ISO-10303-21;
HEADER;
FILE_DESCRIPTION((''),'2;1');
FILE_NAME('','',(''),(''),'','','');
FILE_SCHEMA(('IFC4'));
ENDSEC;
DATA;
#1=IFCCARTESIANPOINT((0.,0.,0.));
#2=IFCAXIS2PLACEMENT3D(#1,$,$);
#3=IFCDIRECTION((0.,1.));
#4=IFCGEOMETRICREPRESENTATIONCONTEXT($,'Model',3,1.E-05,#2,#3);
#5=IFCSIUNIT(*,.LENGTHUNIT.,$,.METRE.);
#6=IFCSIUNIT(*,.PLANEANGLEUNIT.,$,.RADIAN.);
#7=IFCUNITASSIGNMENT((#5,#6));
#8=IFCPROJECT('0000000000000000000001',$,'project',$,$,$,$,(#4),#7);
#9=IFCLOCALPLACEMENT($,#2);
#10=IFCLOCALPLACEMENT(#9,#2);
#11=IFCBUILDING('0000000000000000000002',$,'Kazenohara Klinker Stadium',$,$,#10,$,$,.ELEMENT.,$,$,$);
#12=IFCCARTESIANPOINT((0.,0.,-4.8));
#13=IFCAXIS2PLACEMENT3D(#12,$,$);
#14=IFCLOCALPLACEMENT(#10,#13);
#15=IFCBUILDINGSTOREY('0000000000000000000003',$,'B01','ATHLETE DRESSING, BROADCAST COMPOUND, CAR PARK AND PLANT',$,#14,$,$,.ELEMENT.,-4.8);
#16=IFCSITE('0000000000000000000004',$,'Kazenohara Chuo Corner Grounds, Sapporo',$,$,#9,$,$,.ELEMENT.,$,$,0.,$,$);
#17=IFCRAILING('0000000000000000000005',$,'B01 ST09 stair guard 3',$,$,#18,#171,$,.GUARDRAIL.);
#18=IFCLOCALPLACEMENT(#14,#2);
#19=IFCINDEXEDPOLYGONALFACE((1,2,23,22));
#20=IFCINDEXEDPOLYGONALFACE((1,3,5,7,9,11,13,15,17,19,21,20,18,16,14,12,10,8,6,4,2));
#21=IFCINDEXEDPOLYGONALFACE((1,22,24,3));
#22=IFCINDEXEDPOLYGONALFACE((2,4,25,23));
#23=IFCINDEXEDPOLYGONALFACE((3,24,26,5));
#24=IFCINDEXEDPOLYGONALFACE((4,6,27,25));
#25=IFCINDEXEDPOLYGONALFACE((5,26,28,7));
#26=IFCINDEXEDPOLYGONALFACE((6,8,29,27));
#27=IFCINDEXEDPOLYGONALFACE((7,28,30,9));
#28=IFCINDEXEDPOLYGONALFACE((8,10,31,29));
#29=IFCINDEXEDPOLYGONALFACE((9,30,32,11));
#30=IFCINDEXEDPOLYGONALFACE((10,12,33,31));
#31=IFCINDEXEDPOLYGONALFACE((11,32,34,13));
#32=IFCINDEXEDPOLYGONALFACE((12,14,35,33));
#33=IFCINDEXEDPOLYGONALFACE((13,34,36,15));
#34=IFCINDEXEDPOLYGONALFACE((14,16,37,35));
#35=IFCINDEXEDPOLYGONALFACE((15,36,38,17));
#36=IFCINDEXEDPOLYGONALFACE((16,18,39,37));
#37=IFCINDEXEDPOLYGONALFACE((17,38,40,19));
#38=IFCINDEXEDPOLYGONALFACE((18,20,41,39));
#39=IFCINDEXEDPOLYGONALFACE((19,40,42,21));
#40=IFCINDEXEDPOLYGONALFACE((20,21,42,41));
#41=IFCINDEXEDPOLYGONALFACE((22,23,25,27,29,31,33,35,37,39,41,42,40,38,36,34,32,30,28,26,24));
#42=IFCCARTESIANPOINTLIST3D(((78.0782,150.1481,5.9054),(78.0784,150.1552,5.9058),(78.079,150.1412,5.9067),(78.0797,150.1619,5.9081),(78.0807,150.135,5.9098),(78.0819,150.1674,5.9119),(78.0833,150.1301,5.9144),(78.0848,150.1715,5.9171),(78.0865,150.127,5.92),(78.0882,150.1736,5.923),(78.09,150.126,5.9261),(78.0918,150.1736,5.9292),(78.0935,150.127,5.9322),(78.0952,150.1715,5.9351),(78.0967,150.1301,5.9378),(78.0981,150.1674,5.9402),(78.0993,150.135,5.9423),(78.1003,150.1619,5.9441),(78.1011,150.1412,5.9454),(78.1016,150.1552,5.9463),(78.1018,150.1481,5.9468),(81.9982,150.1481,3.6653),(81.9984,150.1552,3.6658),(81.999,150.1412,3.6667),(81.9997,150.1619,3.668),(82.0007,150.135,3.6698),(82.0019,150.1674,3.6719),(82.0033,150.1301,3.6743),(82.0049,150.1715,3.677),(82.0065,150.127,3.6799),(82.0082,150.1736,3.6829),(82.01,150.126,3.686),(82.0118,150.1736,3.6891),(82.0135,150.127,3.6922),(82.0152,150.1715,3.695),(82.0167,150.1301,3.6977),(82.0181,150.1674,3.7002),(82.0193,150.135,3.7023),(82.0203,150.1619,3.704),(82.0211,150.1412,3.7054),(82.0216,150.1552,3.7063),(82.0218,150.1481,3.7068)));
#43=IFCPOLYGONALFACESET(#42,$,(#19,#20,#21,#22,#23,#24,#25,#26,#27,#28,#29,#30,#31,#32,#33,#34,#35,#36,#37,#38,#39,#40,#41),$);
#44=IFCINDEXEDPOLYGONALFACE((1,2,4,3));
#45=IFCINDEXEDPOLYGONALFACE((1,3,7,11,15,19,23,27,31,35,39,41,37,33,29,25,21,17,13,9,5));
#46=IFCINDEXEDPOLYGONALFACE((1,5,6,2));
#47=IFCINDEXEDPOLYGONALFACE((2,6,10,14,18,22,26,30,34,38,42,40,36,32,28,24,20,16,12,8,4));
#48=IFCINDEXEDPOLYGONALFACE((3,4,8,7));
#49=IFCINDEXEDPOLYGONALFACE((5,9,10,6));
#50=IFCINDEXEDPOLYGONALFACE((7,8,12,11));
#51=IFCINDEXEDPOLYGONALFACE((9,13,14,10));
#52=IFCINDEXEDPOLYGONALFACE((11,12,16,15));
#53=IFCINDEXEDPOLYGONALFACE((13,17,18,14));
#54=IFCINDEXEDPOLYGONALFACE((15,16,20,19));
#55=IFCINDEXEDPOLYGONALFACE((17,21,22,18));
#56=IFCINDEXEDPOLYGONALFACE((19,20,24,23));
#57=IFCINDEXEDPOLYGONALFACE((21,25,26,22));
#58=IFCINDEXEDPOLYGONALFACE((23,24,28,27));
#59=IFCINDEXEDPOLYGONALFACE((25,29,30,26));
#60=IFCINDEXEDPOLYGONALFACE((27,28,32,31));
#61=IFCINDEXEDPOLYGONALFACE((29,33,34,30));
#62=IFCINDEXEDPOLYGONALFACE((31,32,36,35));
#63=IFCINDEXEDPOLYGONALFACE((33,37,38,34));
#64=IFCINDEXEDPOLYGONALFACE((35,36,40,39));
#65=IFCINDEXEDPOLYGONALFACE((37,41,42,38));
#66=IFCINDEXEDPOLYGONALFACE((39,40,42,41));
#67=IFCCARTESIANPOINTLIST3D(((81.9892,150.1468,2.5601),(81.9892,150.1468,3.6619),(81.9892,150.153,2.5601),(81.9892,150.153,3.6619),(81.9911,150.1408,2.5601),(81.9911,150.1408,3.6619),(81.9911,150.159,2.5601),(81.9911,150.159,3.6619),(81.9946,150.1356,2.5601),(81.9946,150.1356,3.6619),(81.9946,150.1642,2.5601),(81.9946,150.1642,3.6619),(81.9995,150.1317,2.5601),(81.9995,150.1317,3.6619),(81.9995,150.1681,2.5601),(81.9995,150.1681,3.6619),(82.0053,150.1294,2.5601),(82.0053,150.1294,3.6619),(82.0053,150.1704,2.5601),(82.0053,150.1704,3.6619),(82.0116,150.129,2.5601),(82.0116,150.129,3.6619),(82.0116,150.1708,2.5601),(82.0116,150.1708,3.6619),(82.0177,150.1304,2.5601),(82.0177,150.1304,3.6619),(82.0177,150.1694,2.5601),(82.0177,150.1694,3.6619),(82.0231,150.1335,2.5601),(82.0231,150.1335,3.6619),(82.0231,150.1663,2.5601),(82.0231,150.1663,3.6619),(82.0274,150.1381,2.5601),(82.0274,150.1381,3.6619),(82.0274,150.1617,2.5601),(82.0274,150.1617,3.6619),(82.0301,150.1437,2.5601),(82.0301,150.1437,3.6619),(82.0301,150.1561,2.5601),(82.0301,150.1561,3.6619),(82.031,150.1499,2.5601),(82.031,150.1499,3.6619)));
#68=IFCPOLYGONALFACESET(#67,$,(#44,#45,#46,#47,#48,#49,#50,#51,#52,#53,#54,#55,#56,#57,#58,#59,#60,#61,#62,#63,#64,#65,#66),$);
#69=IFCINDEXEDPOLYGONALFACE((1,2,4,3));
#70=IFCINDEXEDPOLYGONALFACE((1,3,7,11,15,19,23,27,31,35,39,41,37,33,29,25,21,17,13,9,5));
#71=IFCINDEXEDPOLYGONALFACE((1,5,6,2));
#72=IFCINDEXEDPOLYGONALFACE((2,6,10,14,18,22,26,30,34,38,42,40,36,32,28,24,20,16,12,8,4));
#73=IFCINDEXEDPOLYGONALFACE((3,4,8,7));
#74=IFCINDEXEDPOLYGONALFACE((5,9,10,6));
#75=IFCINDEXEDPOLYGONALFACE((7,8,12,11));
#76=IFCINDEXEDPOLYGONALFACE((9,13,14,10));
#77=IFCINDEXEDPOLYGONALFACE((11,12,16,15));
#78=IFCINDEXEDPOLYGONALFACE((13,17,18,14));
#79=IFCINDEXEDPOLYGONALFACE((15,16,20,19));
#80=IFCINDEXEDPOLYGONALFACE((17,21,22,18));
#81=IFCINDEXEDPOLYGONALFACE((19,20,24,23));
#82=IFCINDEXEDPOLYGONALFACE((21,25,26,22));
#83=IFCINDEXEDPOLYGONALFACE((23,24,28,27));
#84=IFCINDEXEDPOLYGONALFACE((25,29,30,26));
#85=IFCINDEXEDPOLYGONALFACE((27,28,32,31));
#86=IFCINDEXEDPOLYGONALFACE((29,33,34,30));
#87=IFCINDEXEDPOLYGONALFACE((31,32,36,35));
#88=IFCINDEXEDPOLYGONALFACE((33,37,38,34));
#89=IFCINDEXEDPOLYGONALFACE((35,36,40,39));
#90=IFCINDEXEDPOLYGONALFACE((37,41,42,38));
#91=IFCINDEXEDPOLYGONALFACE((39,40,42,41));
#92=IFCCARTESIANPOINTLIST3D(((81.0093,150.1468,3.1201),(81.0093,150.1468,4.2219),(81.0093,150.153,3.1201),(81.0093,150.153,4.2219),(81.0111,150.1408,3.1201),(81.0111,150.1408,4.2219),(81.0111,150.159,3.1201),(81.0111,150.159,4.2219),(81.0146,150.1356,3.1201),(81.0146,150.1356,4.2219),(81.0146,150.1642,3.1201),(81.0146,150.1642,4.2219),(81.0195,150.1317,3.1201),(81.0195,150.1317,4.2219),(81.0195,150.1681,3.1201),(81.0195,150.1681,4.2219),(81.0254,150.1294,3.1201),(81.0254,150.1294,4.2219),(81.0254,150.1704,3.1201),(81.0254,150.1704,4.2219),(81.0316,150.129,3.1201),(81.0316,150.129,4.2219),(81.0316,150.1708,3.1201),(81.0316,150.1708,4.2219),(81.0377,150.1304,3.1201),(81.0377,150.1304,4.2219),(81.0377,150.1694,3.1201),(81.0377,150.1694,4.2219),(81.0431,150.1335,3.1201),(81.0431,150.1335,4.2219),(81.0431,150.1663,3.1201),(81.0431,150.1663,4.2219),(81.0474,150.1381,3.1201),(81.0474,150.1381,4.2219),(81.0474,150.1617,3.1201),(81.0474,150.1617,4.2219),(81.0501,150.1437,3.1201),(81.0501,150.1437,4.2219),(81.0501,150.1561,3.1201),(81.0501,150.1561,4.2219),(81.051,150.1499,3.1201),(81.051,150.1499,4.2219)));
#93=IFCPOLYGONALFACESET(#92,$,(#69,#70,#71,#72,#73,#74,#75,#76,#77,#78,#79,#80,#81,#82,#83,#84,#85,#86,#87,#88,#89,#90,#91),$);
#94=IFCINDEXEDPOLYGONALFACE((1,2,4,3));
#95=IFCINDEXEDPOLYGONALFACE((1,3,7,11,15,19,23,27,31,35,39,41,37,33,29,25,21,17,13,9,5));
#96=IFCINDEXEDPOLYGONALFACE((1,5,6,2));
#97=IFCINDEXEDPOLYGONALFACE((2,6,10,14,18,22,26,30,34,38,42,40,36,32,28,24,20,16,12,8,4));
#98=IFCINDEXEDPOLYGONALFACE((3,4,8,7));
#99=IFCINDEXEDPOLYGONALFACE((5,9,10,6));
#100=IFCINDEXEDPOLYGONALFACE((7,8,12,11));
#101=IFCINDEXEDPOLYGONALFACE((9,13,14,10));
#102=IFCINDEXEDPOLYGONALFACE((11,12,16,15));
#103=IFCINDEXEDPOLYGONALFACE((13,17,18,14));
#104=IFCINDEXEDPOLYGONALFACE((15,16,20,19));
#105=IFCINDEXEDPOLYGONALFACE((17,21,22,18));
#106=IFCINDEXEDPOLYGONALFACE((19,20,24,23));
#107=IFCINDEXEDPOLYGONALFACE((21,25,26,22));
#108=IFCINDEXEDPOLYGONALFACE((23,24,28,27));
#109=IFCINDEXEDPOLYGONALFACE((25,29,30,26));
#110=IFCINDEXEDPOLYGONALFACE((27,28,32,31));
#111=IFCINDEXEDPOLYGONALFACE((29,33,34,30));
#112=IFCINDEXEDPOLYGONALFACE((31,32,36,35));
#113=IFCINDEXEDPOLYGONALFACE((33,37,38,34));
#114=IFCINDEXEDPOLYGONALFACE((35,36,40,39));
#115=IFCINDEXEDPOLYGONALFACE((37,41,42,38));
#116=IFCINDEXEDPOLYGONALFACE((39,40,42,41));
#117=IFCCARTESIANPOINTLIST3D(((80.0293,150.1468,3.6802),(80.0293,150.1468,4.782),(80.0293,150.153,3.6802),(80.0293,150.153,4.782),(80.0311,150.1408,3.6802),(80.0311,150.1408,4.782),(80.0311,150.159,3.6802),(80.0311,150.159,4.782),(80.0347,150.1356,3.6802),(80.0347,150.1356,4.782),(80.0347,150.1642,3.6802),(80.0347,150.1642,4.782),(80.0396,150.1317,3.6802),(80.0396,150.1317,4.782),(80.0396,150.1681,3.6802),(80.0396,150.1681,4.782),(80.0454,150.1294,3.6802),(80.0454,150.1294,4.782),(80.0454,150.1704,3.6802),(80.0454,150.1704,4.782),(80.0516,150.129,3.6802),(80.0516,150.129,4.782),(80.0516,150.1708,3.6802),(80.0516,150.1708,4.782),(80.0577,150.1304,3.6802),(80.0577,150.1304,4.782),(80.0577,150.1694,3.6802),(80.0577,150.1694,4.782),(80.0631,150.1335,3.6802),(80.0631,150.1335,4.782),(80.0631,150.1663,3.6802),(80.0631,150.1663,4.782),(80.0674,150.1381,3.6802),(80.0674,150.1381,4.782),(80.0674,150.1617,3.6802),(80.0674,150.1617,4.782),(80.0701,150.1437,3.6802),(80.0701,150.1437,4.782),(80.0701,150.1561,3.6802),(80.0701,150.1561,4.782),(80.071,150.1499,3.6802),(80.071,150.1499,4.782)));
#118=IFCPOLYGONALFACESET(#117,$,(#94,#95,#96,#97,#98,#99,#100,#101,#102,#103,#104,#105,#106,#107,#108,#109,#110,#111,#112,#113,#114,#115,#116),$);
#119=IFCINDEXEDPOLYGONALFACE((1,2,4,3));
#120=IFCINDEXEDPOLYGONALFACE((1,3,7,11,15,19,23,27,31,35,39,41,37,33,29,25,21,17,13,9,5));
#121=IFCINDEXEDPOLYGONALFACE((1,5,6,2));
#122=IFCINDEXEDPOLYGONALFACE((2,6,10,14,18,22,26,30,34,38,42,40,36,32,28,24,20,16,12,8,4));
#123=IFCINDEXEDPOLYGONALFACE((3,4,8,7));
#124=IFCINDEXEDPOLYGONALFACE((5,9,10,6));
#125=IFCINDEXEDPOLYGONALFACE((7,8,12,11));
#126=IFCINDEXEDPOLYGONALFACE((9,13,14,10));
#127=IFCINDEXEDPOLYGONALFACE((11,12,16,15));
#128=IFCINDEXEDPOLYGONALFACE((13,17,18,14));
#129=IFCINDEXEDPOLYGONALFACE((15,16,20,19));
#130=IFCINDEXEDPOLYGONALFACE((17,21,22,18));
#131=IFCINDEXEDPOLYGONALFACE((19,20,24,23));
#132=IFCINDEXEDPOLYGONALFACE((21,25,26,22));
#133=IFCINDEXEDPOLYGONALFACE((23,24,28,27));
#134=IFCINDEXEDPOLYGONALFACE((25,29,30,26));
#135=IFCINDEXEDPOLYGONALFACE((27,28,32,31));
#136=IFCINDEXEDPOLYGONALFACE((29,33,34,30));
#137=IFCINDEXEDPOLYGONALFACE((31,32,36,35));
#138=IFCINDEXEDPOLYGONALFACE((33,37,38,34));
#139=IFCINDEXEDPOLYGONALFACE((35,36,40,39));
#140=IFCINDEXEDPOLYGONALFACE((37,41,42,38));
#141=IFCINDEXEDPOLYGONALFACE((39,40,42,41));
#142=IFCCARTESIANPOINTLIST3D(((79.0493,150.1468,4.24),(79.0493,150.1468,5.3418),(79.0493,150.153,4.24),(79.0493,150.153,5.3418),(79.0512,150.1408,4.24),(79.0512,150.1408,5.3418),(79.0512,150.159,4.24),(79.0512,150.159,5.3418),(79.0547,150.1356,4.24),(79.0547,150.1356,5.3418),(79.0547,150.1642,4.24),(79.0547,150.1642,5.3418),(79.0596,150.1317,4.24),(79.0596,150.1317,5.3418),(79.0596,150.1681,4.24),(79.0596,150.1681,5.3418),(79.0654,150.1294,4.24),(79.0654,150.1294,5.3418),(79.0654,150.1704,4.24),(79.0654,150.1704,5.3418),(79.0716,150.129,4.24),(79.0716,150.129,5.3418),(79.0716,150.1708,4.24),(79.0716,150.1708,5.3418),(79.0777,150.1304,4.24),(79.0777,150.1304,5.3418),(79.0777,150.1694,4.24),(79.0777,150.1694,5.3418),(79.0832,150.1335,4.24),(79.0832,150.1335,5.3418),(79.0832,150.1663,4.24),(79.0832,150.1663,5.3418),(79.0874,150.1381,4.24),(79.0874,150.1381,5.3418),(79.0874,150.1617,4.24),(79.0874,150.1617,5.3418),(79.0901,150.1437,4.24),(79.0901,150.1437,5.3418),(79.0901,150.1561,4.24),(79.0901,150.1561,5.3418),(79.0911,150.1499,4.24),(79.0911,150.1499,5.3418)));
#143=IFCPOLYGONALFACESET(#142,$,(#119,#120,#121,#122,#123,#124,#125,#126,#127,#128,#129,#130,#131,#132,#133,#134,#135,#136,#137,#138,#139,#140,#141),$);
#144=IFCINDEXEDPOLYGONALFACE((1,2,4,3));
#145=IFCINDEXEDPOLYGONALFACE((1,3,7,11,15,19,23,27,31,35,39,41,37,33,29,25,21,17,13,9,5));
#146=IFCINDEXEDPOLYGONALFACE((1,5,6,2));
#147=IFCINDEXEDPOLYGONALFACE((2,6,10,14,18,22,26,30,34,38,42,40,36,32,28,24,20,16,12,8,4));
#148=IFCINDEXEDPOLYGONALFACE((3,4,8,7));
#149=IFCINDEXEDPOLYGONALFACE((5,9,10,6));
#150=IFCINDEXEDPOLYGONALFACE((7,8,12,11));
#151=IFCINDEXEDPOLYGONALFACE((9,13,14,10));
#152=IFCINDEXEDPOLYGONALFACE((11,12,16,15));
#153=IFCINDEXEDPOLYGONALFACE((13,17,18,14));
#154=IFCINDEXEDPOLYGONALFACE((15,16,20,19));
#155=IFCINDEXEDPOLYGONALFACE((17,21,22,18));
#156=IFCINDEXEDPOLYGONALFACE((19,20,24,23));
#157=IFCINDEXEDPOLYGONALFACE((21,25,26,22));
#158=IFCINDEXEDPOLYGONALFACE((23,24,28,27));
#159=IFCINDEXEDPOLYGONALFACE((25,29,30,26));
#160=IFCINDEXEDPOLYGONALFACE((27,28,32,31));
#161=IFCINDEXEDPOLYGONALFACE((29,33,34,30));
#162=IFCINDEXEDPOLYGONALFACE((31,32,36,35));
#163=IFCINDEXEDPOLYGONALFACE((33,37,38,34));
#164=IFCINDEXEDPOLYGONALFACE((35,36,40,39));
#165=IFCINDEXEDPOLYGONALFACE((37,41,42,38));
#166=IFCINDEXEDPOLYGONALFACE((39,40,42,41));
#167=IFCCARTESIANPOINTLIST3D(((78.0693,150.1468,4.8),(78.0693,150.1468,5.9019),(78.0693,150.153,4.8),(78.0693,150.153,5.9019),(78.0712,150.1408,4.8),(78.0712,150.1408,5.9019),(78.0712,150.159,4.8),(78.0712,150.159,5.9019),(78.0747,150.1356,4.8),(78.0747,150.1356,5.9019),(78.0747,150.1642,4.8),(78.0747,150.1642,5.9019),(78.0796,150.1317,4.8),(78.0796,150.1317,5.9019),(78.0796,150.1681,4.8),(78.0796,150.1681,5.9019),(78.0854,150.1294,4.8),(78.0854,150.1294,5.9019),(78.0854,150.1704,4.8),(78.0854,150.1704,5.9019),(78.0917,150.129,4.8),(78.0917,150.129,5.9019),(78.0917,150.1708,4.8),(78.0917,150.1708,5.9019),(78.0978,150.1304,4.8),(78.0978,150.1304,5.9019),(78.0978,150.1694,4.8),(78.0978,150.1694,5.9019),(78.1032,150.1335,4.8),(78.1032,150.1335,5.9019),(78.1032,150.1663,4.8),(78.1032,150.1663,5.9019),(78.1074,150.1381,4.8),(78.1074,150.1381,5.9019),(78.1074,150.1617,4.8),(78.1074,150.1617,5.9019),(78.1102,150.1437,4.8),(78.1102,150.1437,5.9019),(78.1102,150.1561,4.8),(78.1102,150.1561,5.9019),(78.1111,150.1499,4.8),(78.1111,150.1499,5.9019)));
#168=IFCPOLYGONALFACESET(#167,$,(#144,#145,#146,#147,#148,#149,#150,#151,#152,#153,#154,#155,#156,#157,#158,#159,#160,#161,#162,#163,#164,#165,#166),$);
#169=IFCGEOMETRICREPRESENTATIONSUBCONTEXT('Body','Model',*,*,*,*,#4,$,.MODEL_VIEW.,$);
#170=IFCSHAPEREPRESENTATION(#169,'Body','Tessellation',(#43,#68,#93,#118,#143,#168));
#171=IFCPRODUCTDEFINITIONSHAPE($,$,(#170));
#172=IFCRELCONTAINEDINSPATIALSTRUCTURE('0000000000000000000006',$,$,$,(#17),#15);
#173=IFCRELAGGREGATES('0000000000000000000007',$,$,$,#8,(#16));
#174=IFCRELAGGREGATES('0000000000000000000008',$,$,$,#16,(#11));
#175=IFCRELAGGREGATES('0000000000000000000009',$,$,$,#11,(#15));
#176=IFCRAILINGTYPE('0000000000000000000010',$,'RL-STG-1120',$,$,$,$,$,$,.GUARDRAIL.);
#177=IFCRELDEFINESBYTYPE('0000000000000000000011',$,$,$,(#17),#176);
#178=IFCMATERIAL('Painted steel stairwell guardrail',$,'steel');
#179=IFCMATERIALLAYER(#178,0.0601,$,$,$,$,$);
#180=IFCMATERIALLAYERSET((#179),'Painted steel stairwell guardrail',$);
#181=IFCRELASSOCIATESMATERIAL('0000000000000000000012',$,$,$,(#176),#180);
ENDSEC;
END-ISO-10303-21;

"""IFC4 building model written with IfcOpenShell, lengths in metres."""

from ifc_helpers import new_model, si_unit, direction, frame, origin, origin_2d, place, context, subcontext, project, spatial, circle, extrude, material, layer, layer_set, type_object, element, save


model = new_model("IFC4")

# Units and contexts
model_context = context("Model", 3, precision=1e-05, world=origin(), true_north=direction((0.0, 1.0)))
body_context = subcontext(model_context, "Body", "Model", "MODEL_VIEW")
ifc_project = project(units=[si_unit("LENGTHUNIT", "METRE"), si_unit("PLANEANGLEUNIT", "RADIAN")], contexts=[model_context])

# Site, building, storey
site_placement = place(None, origin())
site = spatial("IfcSite", under=ifc_project, at=site_placement, Name="Kazenohara Chuo Corner Grounds, Sapporo", CompositionType="ELEMENT", RefElevation=0.0)
building_placement = place(site_placement, origin())
building = spatial("IfcBuilding", under=site, at=building_placement, Name="Kazenohara Klinker Stadium", CompositionType="ELEMENT")
storey_placement = place(building_placement, frame((0.0, 0.0, -4.8)))
storey = spatial("IfcBuildingStorey", under=building, at=storey_placement, Name="B01", Description="ATHLETE DRESSING, BROADCAST COMPOUND, CAR PARK AND PLANT", CompositionType="ELEMENT", Elevation=-4.8)

# Railing
ifc_material_1 = material(Name="Painted steel stairwell guardrail", Category="steel")
ifc_layer_1 = layer(ifc_material_1, 0.0601)
ifc_layer_set_1 = layer_set([ifc_layer_1], Name="Painted steel stairwell guardrail")
railing_type_1 = type_object("IfcRailingType", Name="RL-STG-1120", PredefinedType="GUARDRAIL", material=ifc_layer_set_1)
railing_1_placement = place(storey_placement, frame((82.01, 150.1499, 2.5601)))
element("IfcRailing", 1, at=railing_1_placement, inside=storey, type_object=railing_type_1, Name="B01 ST09 stair guard 3", PredefinedType="GUARDRAIL", context=body_context, shape_type="SweptSolid", body=[
    extrude(circle(Radius=0.0239, at=origin_2d()), frame((0.0, 0.0, 1.126), z_axis=(-0.86824, 0.0, 0.496145), x_axis=(0.0, -1.0, 0.0)), (0.0, 0.0, 1.0), 4.5149),
    extrude(circle(Radius=0.021, at=origin_2d()), origin(), (0.0, 0.0, 1.0), 1.1018),
    extrude(circle(Radius=0.021, at=origin_2d()), frame((-0.98, 0.0, 0.5601)), (0.0, 0.0, 1.0), 1.1018),
    extrude(circle(Radius=0.021, at=origin_2d()), frame((-1.96, 0.0, 1.1201)), (0.0, 0.0, 1.0), 1.1018),
    extrude(circle(Radius=0.021, at=origin_2d()), frame((-2.9399, 0.0, 1.6799)), (0.0, 0.0, 1.0), 1.1018),
    extrude(circle(Radius=0.021, at=origin_2d()), frame((-3.9199, 0.0, 2.24)), (0.0, 0.0, 1.0), 1.1018),
])

save(model, "model.ifc")
